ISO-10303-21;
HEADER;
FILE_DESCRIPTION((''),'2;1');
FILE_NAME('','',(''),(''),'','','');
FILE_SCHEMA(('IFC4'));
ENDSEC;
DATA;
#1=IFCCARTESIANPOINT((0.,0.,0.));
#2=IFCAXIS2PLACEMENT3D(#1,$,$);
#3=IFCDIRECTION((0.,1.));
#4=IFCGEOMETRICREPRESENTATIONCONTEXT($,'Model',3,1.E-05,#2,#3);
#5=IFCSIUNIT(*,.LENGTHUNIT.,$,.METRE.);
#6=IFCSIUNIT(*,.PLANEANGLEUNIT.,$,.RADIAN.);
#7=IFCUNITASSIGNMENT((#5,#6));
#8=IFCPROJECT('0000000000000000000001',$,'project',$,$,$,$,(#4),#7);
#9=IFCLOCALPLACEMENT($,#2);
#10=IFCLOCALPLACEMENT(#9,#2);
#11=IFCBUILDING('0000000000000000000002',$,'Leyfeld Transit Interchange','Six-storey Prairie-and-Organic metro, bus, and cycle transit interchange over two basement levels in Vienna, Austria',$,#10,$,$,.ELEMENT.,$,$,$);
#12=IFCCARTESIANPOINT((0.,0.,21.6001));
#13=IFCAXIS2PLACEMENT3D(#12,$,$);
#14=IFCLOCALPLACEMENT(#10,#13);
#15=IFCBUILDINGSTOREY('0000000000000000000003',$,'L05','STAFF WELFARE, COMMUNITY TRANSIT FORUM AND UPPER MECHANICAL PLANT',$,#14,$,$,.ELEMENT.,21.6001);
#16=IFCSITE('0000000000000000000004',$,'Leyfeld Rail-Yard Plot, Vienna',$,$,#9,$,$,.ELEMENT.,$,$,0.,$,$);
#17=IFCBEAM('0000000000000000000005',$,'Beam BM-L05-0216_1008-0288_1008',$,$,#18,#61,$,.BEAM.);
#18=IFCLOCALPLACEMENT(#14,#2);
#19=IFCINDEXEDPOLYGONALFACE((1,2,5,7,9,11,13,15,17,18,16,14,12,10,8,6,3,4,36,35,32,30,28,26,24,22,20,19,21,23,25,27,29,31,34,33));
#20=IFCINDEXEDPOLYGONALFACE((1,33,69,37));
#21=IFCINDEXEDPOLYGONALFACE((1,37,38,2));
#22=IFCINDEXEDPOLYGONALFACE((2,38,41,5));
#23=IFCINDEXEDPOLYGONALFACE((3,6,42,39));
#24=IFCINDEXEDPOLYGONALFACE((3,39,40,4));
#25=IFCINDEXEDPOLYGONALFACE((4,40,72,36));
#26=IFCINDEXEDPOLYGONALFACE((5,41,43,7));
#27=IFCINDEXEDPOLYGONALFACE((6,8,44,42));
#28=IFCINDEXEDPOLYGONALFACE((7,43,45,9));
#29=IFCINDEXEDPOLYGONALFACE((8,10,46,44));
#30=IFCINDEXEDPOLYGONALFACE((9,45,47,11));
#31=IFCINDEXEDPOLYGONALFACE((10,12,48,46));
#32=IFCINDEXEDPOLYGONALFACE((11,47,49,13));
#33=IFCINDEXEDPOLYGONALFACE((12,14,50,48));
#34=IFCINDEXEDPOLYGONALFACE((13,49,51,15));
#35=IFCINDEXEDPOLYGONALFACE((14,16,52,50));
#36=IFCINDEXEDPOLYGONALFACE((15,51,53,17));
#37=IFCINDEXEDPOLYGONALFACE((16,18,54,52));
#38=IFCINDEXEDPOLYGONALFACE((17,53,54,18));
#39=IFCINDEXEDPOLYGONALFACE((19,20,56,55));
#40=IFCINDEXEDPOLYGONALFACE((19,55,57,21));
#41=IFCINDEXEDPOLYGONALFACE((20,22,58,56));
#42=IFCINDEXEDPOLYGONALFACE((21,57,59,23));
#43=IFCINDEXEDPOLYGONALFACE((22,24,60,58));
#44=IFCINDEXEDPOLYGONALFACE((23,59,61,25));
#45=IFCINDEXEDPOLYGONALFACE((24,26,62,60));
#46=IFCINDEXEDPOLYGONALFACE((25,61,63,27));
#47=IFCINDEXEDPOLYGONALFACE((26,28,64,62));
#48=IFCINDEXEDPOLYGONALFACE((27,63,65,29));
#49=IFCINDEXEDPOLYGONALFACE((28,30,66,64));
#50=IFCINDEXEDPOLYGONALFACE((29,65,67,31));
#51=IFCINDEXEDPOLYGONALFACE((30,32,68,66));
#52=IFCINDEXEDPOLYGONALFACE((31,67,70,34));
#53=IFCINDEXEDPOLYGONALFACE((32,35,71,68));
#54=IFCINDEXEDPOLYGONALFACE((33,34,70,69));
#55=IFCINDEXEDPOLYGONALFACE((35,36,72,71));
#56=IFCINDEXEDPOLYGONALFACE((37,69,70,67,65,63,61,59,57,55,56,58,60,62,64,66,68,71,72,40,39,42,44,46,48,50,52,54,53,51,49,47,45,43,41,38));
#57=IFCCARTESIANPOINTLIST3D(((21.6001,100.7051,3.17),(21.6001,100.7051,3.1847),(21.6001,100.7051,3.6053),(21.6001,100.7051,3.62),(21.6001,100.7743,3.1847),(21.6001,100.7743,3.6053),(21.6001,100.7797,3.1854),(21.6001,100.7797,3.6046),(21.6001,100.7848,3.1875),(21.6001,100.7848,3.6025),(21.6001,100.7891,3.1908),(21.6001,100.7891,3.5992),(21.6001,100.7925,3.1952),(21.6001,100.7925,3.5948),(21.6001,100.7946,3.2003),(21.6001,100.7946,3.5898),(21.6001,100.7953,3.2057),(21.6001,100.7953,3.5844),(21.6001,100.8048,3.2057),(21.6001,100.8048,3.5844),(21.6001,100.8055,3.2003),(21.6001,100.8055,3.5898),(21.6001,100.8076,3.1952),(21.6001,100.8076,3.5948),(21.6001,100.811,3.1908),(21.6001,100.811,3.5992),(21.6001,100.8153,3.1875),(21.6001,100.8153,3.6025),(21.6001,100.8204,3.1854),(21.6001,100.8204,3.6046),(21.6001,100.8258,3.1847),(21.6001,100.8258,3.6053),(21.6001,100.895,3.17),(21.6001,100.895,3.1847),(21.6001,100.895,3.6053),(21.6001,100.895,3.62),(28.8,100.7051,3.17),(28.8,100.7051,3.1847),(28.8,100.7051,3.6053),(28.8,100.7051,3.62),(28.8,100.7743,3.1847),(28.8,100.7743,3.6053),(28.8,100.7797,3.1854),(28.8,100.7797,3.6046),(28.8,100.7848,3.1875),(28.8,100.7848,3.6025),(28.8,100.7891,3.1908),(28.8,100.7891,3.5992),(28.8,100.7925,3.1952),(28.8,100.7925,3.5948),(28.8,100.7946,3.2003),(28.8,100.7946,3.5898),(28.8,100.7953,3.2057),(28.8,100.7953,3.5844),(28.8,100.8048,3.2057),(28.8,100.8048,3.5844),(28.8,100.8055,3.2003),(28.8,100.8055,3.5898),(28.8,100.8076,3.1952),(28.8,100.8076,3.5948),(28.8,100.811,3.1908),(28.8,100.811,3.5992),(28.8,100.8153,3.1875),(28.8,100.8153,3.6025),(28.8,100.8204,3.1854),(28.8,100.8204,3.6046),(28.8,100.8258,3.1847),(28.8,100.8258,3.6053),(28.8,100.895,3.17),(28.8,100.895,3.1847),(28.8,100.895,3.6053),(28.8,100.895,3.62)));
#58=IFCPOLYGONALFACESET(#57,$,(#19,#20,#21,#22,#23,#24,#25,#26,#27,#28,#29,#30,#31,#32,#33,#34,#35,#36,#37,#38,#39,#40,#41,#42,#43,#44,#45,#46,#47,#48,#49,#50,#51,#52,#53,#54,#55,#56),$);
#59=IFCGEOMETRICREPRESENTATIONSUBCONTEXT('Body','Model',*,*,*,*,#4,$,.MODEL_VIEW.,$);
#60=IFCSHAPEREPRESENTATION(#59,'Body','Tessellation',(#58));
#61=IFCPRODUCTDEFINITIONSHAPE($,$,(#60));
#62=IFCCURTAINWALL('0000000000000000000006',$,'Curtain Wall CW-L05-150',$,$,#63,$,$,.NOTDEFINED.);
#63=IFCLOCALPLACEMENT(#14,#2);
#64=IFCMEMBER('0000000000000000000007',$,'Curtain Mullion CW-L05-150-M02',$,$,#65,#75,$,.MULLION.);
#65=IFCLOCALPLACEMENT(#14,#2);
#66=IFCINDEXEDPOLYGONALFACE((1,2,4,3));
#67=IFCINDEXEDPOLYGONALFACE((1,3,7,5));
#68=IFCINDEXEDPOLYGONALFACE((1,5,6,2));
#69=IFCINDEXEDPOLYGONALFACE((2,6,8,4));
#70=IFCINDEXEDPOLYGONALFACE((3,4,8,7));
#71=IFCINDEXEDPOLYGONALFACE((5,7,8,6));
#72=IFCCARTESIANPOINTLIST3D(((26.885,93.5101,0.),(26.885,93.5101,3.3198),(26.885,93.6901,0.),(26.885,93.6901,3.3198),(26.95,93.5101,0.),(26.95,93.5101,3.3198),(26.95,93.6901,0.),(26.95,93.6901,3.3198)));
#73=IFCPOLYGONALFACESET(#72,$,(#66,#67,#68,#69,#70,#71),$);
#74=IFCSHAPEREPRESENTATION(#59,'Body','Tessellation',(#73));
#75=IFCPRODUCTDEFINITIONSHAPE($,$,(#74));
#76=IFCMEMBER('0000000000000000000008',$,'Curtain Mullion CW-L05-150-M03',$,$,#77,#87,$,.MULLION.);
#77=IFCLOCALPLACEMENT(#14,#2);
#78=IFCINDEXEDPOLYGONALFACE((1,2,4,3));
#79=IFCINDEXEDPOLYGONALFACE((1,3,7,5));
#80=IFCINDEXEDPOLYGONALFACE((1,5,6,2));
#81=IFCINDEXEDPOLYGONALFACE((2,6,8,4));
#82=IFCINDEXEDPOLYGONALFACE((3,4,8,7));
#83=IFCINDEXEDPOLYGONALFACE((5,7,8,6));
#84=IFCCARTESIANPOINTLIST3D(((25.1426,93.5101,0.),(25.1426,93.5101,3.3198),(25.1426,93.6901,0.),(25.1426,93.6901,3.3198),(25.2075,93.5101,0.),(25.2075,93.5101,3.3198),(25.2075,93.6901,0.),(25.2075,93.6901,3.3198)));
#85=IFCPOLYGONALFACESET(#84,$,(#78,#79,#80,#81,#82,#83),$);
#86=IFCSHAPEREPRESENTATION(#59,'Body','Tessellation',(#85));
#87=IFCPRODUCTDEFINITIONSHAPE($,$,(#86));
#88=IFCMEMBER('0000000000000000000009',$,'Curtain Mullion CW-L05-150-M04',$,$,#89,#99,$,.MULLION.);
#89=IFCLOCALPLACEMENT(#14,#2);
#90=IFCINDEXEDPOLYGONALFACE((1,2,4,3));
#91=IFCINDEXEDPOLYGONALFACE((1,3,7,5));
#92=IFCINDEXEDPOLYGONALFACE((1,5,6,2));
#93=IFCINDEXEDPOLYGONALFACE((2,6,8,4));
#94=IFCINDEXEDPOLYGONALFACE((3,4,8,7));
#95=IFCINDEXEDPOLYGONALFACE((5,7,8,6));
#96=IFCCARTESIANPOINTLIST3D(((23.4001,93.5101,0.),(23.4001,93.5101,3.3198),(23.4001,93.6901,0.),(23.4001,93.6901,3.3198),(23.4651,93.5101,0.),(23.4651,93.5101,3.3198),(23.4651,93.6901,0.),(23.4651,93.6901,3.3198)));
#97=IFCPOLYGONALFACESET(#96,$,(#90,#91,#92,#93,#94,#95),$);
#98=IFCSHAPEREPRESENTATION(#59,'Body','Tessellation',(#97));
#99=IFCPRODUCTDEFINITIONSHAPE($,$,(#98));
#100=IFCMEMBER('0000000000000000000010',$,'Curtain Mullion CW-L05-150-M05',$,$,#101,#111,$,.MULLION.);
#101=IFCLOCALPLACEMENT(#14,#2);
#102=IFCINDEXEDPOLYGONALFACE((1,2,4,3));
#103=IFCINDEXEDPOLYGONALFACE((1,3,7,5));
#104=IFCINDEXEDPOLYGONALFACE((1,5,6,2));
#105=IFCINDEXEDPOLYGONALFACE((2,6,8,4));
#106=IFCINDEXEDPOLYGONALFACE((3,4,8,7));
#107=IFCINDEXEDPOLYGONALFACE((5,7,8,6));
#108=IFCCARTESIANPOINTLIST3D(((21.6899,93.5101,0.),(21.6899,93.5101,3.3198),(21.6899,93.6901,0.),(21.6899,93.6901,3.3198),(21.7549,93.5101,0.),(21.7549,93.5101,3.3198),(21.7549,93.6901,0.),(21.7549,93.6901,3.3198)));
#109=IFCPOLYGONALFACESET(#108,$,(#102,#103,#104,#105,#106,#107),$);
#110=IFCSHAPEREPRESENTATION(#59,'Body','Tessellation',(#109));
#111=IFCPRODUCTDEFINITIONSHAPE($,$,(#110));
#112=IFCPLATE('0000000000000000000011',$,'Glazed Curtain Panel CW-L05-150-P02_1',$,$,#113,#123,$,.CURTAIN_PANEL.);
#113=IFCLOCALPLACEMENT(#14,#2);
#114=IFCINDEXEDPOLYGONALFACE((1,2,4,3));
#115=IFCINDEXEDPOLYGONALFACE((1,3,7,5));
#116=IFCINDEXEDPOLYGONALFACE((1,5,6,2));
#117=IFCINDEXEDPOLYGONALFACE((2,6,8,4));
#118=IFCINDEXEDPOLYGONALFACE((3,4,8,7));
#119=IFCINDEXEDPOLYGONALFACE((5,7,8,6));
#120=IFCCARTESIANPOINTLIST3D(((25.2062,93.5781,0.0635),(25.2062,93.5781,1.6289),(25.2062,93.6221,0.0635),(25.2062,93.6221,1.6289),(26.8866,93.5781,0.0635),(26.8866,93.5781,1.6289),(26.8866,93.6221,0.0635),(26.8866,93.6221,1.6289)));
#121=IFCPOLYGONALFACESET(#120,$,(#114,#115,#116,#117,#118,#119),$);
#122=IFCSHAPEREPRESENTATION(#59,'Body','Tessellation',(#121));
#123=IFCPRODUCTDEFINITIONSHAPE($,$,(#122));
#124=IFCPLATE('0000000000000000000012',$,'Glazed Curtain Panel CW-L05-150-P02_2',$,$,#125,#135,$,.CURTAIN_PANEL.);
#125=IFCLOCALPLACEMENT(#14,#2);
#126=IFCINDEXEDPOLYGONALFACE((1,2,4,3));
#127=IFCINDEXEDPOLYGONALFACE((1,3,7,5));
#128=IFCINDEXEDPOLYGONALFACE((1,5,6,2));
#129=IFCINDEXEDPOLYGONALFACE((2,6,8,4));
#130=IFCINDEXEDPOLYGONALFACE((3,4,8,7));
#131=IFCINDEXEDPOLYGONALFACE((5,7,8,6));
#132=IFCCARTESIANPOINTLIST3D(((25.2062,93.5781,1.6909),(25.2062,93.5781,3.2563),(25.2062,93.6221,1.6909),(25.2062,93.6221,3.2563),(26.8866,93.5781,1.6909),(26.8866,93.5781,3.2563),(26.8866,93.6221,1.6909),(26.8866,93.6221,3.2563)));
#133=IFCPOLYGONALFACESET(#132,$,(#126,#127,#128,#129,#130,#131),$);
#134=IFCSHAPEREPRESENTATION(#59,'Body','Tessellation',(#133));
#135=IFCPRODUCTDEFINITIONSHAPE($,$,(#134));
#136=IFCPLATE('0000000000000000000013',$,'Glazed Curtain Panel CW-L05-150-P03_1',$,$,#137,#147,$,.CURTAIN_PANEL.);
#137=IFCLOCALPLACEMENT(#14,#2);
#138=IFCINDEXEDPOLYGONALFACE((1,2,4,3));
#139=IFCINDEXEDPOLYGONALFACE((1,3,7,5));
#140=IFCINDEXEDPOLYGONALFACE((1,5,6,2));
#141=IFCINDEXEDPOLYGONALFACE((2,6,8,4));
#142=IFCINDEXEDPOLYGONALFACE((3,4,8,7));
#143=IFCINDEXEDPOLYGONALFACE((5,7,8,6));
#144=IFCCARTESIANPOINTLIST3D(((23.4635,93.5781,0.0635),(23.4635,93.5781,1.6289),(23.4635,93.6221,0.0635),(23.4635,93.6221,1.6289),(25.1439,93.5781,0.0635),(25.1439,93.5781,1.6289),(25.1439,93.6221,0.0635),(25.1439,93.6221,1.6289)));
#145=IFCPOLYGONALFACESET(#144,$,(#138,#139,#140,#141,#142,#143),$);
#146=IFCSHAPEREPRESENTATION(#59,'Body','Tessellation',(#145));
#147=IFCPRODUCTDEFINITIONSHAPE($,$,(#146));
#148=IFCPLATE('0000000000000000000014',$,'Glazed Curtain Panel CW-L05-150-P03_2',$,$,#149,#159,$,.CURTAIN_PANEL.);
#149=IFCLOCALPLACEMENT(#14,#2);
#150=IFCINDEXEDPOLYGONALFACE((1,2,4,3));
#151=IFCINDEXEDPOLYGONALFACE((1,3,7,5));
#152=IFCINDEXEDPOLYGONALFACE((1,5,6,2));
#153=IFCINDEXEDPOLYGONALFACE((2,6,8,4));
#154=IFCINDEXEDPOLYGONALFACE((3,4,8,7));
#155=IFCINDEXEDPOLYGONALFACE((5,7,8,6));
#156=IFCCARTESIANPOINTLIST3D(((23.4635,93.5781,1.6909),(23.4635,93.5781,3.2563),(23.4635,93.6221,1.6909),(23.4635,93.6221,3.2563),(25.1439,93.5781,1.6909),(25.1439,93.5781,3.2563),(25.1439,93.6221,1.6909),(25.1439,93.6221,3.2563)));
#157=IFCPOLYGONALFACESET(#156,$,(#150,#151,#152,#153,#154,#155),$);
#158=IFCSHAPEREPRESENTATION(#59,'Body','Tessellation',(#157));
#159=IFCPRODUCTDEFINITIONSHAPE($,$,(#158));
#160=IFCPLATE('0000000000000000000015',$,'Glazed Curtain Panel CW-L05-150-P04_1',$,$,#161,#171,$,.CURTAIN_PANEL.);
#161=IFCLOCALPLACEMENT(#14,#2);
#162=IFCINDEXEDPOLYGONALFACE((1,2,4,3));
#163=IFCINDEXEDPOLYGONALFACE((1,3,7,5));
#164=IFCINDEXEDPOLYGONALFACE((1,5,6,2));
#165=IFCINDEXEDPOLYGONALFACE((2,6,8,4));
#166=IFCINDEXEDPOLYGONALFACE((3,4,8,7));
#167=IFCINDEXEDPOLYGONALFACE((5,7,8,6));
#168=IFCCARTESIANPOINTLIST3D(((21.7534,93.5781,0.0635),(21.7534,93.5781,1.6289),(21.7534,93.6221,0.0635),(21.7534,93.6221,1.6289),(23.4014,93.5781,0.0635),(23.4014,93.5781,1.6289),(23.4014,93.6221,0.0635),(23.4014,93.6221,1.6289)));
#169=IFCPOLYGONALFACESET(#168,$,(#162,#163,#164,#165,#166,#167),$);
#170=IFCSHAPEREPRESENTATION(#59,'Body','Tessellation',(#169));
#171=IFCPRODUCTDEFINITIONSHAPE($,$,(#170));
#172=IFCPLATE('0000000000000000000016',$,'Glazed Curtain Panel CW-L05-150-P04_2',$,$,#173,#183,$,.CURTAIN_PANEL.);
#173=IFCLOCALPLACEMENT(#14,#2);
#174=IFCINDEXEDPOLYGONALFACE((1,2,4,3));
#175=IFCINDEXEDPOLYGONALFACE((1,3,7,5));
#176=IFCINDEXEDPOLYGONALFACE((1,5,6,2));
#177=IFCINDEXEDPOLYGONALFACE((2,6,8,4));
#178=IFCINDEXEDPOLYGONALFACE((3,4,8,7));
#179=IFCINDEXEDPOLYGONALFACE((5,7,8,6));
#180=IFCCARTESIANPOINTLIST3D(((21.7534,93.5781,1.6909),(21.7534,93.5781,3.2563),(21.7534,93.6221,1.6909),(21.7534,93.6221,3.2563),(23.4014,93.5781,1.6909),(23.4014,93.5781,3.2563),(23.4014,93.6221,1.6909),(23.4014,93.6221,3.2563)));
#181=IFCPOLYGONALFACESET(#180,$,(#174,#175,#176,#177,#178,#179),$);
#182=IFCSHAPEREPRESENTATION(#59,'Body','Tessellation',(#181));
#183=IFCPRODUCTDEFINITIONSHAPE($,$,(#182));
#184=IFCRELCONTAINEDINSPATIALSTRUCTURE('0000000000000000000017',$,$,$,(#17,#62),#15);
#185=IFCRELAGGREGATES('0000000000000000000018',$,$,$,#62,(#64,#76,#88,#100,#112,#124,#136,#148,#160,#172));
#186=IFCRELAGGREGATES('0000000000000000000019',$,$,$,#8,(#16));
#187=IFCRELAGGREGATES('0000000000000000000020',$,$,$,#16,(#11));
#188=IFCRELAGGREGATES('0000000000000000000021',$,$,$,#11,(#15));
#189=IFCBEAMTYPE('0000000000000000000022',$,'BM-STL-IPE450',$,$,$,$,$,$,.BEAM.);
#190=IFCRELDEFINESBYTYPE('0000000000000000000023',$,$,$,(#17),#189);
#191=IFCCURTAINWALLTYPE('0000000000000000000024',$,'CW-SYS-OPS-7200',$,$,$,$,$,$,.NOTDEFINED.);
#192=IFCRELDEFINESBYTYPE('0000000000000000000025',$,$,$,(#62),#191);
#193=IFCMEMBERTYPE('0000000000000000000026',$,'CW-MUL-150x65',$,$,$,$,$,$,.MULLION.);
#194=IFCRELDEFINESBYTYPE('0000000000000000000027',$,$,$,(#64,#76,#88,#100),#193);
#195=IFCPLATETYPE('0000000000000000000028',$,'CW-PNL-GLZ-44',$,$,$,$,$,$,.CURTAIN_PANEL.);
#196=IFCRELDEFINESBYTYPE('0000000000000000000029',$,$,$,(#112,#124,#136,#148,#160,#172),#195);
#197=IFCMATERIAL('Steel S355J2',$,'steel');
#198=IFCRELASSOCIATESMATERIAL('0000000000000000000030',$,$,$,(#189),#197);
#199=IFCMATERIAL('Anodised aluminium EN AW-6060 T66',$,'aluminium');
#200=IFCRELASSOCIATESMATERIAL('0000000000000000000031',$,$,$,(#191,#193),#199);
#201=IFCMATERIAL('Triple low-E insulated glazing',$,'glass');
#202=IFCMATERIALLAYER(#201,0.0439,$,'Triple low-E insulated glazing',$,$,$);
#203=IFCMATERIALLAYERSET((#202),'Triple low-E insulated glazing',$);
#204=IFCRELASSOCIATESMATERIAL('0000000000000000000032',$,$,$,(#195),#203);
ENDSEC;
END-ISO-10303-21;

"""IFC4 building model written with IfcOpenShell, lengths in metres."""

from ifc_helpers import new_model, si_unit, direction, frame, origin, origin_2d, place, context, subcontext, project, spatial, rectangle, i_section, extrude, material, layer, layer_set, material_profile, profile_set, type_object, element, aggregate, save


model = new_model("IFC4")

# Units and contexts
model_context = context("Model", 3, precision=1e-05, world=origin(), true_north=direction((0.0, 1.0)))
body_context = subcontext(model_context, "Body", "Model", "MODEL_VIEW")
ifc_project = project(units=[si_unit("LENGTHUNIT", "METRE"), si_unit("PLANEANGLEUNIT", "RADIAN")], contexts=[model_context])

# Site, building, storey
site_placement = place(None, origin())
site = spatial("IfcSite", under=ifc_project, at=site_placement, Name="Leyfeld Rail-Yard Plot, Vienna", CompositionType="ELEMENT", RefElevation=0.0)
building_placement = place(site_placement, origin())
building = spatial("IfcBuilding", under=site, at=building_placement, Name="Leyfeld Transit Interchange", Description="Six-storey Prairie-and-Organic metro, bus, and cycle transit interchange over two basement levels in Vienna, Austria", CompositionType="ELEMENT")
storey_placement = place(building_placement, frame((0.0, 0.0, 21.6001)))
storey = spatial("IfcBuildingStorey", under=building, at=storey_placement, Name="L05", Description="STAFF WELFARE, COMMUNITY TRANSIT FORUM AND UPPER MECHANICAL PLANT", CompositionType="ELEMENT", Elevation=21.6001)

# Shared definitions
ifc_material_1 = material(Name="Steel S355J2", Category="steel")

# Beam
ifc_material_profile_1 = material_profile(ifc_material_1, i_section(OverallWidth=0.1899, OverallDepth=0.45, WebThickness=0.0095, FlangeThickness=0.0146, FilletRadius=0.021, at=origin_2d()), Name="IPE 450")
ifc_profile_set_1 = profile_set([ifc_material_profile_1], Name="Steel S355J2")
beam_type_1 = type_object("IfcBeamType", Name="BM-STL-IPE450", PredefinedType="BEAM", material=ifc_profile_set_1)
beam_1_placement = place(storey_placement, frame((21.6001, 100.8, 3.395), z_axis=(1.0, 0.0, 0.0), x_axis=(0.0, 1.0, 0.0)))
element("IfcBeam", 1, at=beam_1_placement, inside=storey, type_object=beam_type_1, Name="Beam BM-L05-0216_1008-0288_1008", PredefinedType="BEAM", context=body_context, shape_type="SweptSolid", body=[
    extrude(i_section(OverallWidth=0.1899, OverallDepth=0.45, WebThickness=0.0095, FlangeThickness=0.0146, FilletRadius=0.021, at=origin_2d()), origin(), (0.0, 0.0, 1.0), 7.2),
])

# Curtain wall, members, plates
ifc_material_2 = material(Name="Anodised aluminium EN AW-6060 T66", Category="aluminium")
curtain_wall_type = type_object("IfcCurtainWallType", Name="CW-SYS-OPS-7200", PredefinedType="NOTDEFINED", material=ifc_material_2)
curtain_wall_placement = place(storey_placement, origin())
curtain_wall = element("IfcCurtainWall", 2, at=curtain_wall_placement, inside=storey, type_object=curtain_wall_type, Name="Curtain Wall CW-L05-150", PredefinedType="NOTDEFINED")
ifc_material_profile_2 = material_profile(ifc_material_2, rectangle(XDim=0.0649, YDim=0.1799, at=origin_2d()), Name="CW-M 65x180")
ifc_profile_set_2 = profile_set([ifc_material_profile_2], Name="Anodised aluminium EN AW-6060 T66")
member_type = type_object("IfcMemberType", Name="CW-MUL-150x65", PredefinedType="MULLION", material=ifc_profile_set_2)
member_1_placement = place(storey_placement, frame((26.9175, 93.6001, 0.0), z_axis=(0.0, 0.0, 1.0), x_axis=(-1.0, 0.0, 0.0)))
member_1 = element("IfcMember", 3, at=member_1_placement, type_object=member_type, Name="Curtain Mullion CW-L05-150-M02", PredefinedType="MULLION", context=body_context, shape_type="SweptSolid", body=[
    extrude(rectangle(XDim=0.0649, YDim=0.1799, at=origin_2d()), origin(), (0.0, 0.0, 1.0), 3.3198),
])
member_2_placement = place(storey_placement, frame((25.175, 93.6001, 0.0), z_axis=(0.0, 0.0, 1.0), x_axis=(-1.0, 0.0, 0.0)))
member_2 = element("IfcMember", 4, at=member_2_placement, type_object=member_type, Name="Curtain Mullion CW-L05-150-M03", PredefinedType="MULLION", context=body_context, shape_type="SweptSolid", body=[
    extrude(rectangle(XDim=0.0649, YDim=0.1799, at=origin_2d()), origin(), (0.0, 0.0, 1.0), 3.3198),
])
member_3_placement = place(storey_placement, frame((23.4326, 93.6001, 0.0), z_axis=(0.0, 0.0, 1.0), x_axis=(-1.0, 0.0, 0.0)))
member_3 = element("IfcMember", 5, at=member_3_placement, type_object=member_type, Name="Curtain Mullion CW-L05-150-M04", PredefinedType="MULLION", context=body_context, shape_type="SweptSolid", body=[
    extrude(rectangle(XDim=0.0649, YDim=0.1799, at=origin_2d()), origin(), (0.0, 0.0, 1.0), 3.3198),
])
member_4_placement = place(storey_placement, frame((21.7224, 93.6001, 0.0), z_axis=(0.0, 0.0, 1.0), x_axis=(-1.0, 0.0, 0.0)))
member_4 = element("IfcMember", 6, at=member_4_placement, type_object=member_type, Name="Curtain Mullion CW-L05-150-M05", PredefinedType="MULLION", context=body_context, shape_type="SweptSolid", body=[
    extrude(rectangle(XDim=0.0649, YDim=0.1799, at=origin_2d()), origin(), (0.0, 0.0, 1.0), 3.3198),
])
ifc_material_3 = material(Name="Triple low-E insulated glazing", Category="glass")
ifc_layer_1 = layer(ifc_material_3, 0.0439, Name="Triple low-E insulated glazing")
ifc_layer_set_1 = layer_set([ifc_layer_1], Name="Triple low-E insulated glazing")
plate_type = type_object("IfcPlateType", Name="CW-PNL-GLZ-44", PredefinedType="CURTAIN_PANEL", material=ifc_layer_set_1)
plate_1_placement = place(storey_placement, frame((26.0464, 93.6001, 0.0635), z_axis=(0.0, 0.0, 1.0), x_axis=(-1.0, 0.0, 0.0)))
plate_1 = element("IfcPlate", 7, at=plate_1_placement, type_object=plate_type, Name="Glazed Curtain Panel CW-L05-150-P02_1", PredefinedType="CURTAIN_PANEL", context=body_context, shape_type="SweptSolid", body=[
    extrude(rectangle(XDim=1.6804, YDim=0.0439, at=origin_2d()), origin(), (0.0, 0.0, 1.0), 1.5654),
])
plate_2_placement = place(storey_placement, frame((26.0464, 93.6001, 1.6909), z_axis=(0.0, 0.0, 1.0), x_axis=(-1.0, 0.0, 0.0)))
plate_2 = element("IfcPlate", 8, at=plate_2_placement, type_object=plate_type, Name="Glazed Curtain Panel CW-L05-150-P02_2", PredefinedType="CURTAIN_PANEL", context=body_context, shape_type="SweptSolid", body=[
    extrude(rectangle(XDim=1.6804, YDim=0.0439, at=origin_2d()), origin(), (0.0, 0.0, 1.0), 1.5654),
])
plate_3_placement = place(storey_placement, frame((24.3037, 93.6001, 0.0635), z_axis=(0.0, 0.0, 1.0), x_axis=(-1.0, 0.0, 0.0)))
plate_3 = element("IfcPlate", 9, at=plate_3_placement, type_object=plate_type, Name="Glazed Curtain Panel CW-L05-150-P03_1", PredefinedType="CURTAIN_PANEL", context=body_context, shape_type="SweptSolid", body=[
    extrude(rectangle(XDim=1.6804, YDim=0.0439, at=origin_2d()), origin(), (0.0, 0.0, 1.0), 1.5654),
])
plate_4_placement = place(storey_placement, frame((24.3037, 93.6001, 1.6909), z_axis=(0.0, 0.0, 1.0), x_axis=(-1.0, 0.0, 0.0)))
plate_4 = element("IfcPlate", 10, at=plate_4_placement, type_object=plate_type, Name="Glazed Curtain Panel CW-L05-150-P03_2", PredefinedType="CURTAIN_PANEL", context=body_context, shape_type="SweptSolid", body=[
    extrude(rectangle(XDim=1.6804, YDim=0.0439, at=origin_2d()), origin(), (0.0, 0.0, 1.0), 1.5654),
])
plate_5_placement = place(storey_placement, frame((22.5774, 93.6001, 0.0635), z_axis=(0.0, 0.0, 1.0), x_axis=(-1.0, 0.0, 0.0)))
plate_5 = element("IfcPlate", 11, at=plate_5_placement, type_object=plate_type, Name="Glazed Curtain Panel CW-L05-150-P04_1", PredefinedType="CURTAIN_PANEL", context=body_context, shape_type="SweptSolid", body=[
    extrude(rectangle(XDim=1.6479, YDim=0.0439, at=origin_2d()), origin(), (0.0, 0.0, 1.0), 1.5654),
])
plate_6_placement = place(storey_placement, frame((22.5774, 93.6001, 1.6909), z_axis=(0.0, 0.0, 1.0), x_axis=(-1.0, 0.0, 0.0)))
plate_6 = element("IfcPlate", 12, at=plate_6_placement, type_object=plate_type, Name="Glazed Curtain Panel CW-L05-150-P04_2", PredefinedType="CURTAIN_PANEL", context=body_context, shape_type="SweptSolid", body=[
    extrude(rectangle(XDim=1.6479, YDim=0.0439, at=origin_2d()), origin(), (0.0, 0.0, 1.0), 1.5654),
])
aggregate(curtain_wall, [member_1, member_2, member_3, member_4, plate_1, plate_2, plate_3, plate_4, plate_5, plate_6])

save(model, "model.ifc")
